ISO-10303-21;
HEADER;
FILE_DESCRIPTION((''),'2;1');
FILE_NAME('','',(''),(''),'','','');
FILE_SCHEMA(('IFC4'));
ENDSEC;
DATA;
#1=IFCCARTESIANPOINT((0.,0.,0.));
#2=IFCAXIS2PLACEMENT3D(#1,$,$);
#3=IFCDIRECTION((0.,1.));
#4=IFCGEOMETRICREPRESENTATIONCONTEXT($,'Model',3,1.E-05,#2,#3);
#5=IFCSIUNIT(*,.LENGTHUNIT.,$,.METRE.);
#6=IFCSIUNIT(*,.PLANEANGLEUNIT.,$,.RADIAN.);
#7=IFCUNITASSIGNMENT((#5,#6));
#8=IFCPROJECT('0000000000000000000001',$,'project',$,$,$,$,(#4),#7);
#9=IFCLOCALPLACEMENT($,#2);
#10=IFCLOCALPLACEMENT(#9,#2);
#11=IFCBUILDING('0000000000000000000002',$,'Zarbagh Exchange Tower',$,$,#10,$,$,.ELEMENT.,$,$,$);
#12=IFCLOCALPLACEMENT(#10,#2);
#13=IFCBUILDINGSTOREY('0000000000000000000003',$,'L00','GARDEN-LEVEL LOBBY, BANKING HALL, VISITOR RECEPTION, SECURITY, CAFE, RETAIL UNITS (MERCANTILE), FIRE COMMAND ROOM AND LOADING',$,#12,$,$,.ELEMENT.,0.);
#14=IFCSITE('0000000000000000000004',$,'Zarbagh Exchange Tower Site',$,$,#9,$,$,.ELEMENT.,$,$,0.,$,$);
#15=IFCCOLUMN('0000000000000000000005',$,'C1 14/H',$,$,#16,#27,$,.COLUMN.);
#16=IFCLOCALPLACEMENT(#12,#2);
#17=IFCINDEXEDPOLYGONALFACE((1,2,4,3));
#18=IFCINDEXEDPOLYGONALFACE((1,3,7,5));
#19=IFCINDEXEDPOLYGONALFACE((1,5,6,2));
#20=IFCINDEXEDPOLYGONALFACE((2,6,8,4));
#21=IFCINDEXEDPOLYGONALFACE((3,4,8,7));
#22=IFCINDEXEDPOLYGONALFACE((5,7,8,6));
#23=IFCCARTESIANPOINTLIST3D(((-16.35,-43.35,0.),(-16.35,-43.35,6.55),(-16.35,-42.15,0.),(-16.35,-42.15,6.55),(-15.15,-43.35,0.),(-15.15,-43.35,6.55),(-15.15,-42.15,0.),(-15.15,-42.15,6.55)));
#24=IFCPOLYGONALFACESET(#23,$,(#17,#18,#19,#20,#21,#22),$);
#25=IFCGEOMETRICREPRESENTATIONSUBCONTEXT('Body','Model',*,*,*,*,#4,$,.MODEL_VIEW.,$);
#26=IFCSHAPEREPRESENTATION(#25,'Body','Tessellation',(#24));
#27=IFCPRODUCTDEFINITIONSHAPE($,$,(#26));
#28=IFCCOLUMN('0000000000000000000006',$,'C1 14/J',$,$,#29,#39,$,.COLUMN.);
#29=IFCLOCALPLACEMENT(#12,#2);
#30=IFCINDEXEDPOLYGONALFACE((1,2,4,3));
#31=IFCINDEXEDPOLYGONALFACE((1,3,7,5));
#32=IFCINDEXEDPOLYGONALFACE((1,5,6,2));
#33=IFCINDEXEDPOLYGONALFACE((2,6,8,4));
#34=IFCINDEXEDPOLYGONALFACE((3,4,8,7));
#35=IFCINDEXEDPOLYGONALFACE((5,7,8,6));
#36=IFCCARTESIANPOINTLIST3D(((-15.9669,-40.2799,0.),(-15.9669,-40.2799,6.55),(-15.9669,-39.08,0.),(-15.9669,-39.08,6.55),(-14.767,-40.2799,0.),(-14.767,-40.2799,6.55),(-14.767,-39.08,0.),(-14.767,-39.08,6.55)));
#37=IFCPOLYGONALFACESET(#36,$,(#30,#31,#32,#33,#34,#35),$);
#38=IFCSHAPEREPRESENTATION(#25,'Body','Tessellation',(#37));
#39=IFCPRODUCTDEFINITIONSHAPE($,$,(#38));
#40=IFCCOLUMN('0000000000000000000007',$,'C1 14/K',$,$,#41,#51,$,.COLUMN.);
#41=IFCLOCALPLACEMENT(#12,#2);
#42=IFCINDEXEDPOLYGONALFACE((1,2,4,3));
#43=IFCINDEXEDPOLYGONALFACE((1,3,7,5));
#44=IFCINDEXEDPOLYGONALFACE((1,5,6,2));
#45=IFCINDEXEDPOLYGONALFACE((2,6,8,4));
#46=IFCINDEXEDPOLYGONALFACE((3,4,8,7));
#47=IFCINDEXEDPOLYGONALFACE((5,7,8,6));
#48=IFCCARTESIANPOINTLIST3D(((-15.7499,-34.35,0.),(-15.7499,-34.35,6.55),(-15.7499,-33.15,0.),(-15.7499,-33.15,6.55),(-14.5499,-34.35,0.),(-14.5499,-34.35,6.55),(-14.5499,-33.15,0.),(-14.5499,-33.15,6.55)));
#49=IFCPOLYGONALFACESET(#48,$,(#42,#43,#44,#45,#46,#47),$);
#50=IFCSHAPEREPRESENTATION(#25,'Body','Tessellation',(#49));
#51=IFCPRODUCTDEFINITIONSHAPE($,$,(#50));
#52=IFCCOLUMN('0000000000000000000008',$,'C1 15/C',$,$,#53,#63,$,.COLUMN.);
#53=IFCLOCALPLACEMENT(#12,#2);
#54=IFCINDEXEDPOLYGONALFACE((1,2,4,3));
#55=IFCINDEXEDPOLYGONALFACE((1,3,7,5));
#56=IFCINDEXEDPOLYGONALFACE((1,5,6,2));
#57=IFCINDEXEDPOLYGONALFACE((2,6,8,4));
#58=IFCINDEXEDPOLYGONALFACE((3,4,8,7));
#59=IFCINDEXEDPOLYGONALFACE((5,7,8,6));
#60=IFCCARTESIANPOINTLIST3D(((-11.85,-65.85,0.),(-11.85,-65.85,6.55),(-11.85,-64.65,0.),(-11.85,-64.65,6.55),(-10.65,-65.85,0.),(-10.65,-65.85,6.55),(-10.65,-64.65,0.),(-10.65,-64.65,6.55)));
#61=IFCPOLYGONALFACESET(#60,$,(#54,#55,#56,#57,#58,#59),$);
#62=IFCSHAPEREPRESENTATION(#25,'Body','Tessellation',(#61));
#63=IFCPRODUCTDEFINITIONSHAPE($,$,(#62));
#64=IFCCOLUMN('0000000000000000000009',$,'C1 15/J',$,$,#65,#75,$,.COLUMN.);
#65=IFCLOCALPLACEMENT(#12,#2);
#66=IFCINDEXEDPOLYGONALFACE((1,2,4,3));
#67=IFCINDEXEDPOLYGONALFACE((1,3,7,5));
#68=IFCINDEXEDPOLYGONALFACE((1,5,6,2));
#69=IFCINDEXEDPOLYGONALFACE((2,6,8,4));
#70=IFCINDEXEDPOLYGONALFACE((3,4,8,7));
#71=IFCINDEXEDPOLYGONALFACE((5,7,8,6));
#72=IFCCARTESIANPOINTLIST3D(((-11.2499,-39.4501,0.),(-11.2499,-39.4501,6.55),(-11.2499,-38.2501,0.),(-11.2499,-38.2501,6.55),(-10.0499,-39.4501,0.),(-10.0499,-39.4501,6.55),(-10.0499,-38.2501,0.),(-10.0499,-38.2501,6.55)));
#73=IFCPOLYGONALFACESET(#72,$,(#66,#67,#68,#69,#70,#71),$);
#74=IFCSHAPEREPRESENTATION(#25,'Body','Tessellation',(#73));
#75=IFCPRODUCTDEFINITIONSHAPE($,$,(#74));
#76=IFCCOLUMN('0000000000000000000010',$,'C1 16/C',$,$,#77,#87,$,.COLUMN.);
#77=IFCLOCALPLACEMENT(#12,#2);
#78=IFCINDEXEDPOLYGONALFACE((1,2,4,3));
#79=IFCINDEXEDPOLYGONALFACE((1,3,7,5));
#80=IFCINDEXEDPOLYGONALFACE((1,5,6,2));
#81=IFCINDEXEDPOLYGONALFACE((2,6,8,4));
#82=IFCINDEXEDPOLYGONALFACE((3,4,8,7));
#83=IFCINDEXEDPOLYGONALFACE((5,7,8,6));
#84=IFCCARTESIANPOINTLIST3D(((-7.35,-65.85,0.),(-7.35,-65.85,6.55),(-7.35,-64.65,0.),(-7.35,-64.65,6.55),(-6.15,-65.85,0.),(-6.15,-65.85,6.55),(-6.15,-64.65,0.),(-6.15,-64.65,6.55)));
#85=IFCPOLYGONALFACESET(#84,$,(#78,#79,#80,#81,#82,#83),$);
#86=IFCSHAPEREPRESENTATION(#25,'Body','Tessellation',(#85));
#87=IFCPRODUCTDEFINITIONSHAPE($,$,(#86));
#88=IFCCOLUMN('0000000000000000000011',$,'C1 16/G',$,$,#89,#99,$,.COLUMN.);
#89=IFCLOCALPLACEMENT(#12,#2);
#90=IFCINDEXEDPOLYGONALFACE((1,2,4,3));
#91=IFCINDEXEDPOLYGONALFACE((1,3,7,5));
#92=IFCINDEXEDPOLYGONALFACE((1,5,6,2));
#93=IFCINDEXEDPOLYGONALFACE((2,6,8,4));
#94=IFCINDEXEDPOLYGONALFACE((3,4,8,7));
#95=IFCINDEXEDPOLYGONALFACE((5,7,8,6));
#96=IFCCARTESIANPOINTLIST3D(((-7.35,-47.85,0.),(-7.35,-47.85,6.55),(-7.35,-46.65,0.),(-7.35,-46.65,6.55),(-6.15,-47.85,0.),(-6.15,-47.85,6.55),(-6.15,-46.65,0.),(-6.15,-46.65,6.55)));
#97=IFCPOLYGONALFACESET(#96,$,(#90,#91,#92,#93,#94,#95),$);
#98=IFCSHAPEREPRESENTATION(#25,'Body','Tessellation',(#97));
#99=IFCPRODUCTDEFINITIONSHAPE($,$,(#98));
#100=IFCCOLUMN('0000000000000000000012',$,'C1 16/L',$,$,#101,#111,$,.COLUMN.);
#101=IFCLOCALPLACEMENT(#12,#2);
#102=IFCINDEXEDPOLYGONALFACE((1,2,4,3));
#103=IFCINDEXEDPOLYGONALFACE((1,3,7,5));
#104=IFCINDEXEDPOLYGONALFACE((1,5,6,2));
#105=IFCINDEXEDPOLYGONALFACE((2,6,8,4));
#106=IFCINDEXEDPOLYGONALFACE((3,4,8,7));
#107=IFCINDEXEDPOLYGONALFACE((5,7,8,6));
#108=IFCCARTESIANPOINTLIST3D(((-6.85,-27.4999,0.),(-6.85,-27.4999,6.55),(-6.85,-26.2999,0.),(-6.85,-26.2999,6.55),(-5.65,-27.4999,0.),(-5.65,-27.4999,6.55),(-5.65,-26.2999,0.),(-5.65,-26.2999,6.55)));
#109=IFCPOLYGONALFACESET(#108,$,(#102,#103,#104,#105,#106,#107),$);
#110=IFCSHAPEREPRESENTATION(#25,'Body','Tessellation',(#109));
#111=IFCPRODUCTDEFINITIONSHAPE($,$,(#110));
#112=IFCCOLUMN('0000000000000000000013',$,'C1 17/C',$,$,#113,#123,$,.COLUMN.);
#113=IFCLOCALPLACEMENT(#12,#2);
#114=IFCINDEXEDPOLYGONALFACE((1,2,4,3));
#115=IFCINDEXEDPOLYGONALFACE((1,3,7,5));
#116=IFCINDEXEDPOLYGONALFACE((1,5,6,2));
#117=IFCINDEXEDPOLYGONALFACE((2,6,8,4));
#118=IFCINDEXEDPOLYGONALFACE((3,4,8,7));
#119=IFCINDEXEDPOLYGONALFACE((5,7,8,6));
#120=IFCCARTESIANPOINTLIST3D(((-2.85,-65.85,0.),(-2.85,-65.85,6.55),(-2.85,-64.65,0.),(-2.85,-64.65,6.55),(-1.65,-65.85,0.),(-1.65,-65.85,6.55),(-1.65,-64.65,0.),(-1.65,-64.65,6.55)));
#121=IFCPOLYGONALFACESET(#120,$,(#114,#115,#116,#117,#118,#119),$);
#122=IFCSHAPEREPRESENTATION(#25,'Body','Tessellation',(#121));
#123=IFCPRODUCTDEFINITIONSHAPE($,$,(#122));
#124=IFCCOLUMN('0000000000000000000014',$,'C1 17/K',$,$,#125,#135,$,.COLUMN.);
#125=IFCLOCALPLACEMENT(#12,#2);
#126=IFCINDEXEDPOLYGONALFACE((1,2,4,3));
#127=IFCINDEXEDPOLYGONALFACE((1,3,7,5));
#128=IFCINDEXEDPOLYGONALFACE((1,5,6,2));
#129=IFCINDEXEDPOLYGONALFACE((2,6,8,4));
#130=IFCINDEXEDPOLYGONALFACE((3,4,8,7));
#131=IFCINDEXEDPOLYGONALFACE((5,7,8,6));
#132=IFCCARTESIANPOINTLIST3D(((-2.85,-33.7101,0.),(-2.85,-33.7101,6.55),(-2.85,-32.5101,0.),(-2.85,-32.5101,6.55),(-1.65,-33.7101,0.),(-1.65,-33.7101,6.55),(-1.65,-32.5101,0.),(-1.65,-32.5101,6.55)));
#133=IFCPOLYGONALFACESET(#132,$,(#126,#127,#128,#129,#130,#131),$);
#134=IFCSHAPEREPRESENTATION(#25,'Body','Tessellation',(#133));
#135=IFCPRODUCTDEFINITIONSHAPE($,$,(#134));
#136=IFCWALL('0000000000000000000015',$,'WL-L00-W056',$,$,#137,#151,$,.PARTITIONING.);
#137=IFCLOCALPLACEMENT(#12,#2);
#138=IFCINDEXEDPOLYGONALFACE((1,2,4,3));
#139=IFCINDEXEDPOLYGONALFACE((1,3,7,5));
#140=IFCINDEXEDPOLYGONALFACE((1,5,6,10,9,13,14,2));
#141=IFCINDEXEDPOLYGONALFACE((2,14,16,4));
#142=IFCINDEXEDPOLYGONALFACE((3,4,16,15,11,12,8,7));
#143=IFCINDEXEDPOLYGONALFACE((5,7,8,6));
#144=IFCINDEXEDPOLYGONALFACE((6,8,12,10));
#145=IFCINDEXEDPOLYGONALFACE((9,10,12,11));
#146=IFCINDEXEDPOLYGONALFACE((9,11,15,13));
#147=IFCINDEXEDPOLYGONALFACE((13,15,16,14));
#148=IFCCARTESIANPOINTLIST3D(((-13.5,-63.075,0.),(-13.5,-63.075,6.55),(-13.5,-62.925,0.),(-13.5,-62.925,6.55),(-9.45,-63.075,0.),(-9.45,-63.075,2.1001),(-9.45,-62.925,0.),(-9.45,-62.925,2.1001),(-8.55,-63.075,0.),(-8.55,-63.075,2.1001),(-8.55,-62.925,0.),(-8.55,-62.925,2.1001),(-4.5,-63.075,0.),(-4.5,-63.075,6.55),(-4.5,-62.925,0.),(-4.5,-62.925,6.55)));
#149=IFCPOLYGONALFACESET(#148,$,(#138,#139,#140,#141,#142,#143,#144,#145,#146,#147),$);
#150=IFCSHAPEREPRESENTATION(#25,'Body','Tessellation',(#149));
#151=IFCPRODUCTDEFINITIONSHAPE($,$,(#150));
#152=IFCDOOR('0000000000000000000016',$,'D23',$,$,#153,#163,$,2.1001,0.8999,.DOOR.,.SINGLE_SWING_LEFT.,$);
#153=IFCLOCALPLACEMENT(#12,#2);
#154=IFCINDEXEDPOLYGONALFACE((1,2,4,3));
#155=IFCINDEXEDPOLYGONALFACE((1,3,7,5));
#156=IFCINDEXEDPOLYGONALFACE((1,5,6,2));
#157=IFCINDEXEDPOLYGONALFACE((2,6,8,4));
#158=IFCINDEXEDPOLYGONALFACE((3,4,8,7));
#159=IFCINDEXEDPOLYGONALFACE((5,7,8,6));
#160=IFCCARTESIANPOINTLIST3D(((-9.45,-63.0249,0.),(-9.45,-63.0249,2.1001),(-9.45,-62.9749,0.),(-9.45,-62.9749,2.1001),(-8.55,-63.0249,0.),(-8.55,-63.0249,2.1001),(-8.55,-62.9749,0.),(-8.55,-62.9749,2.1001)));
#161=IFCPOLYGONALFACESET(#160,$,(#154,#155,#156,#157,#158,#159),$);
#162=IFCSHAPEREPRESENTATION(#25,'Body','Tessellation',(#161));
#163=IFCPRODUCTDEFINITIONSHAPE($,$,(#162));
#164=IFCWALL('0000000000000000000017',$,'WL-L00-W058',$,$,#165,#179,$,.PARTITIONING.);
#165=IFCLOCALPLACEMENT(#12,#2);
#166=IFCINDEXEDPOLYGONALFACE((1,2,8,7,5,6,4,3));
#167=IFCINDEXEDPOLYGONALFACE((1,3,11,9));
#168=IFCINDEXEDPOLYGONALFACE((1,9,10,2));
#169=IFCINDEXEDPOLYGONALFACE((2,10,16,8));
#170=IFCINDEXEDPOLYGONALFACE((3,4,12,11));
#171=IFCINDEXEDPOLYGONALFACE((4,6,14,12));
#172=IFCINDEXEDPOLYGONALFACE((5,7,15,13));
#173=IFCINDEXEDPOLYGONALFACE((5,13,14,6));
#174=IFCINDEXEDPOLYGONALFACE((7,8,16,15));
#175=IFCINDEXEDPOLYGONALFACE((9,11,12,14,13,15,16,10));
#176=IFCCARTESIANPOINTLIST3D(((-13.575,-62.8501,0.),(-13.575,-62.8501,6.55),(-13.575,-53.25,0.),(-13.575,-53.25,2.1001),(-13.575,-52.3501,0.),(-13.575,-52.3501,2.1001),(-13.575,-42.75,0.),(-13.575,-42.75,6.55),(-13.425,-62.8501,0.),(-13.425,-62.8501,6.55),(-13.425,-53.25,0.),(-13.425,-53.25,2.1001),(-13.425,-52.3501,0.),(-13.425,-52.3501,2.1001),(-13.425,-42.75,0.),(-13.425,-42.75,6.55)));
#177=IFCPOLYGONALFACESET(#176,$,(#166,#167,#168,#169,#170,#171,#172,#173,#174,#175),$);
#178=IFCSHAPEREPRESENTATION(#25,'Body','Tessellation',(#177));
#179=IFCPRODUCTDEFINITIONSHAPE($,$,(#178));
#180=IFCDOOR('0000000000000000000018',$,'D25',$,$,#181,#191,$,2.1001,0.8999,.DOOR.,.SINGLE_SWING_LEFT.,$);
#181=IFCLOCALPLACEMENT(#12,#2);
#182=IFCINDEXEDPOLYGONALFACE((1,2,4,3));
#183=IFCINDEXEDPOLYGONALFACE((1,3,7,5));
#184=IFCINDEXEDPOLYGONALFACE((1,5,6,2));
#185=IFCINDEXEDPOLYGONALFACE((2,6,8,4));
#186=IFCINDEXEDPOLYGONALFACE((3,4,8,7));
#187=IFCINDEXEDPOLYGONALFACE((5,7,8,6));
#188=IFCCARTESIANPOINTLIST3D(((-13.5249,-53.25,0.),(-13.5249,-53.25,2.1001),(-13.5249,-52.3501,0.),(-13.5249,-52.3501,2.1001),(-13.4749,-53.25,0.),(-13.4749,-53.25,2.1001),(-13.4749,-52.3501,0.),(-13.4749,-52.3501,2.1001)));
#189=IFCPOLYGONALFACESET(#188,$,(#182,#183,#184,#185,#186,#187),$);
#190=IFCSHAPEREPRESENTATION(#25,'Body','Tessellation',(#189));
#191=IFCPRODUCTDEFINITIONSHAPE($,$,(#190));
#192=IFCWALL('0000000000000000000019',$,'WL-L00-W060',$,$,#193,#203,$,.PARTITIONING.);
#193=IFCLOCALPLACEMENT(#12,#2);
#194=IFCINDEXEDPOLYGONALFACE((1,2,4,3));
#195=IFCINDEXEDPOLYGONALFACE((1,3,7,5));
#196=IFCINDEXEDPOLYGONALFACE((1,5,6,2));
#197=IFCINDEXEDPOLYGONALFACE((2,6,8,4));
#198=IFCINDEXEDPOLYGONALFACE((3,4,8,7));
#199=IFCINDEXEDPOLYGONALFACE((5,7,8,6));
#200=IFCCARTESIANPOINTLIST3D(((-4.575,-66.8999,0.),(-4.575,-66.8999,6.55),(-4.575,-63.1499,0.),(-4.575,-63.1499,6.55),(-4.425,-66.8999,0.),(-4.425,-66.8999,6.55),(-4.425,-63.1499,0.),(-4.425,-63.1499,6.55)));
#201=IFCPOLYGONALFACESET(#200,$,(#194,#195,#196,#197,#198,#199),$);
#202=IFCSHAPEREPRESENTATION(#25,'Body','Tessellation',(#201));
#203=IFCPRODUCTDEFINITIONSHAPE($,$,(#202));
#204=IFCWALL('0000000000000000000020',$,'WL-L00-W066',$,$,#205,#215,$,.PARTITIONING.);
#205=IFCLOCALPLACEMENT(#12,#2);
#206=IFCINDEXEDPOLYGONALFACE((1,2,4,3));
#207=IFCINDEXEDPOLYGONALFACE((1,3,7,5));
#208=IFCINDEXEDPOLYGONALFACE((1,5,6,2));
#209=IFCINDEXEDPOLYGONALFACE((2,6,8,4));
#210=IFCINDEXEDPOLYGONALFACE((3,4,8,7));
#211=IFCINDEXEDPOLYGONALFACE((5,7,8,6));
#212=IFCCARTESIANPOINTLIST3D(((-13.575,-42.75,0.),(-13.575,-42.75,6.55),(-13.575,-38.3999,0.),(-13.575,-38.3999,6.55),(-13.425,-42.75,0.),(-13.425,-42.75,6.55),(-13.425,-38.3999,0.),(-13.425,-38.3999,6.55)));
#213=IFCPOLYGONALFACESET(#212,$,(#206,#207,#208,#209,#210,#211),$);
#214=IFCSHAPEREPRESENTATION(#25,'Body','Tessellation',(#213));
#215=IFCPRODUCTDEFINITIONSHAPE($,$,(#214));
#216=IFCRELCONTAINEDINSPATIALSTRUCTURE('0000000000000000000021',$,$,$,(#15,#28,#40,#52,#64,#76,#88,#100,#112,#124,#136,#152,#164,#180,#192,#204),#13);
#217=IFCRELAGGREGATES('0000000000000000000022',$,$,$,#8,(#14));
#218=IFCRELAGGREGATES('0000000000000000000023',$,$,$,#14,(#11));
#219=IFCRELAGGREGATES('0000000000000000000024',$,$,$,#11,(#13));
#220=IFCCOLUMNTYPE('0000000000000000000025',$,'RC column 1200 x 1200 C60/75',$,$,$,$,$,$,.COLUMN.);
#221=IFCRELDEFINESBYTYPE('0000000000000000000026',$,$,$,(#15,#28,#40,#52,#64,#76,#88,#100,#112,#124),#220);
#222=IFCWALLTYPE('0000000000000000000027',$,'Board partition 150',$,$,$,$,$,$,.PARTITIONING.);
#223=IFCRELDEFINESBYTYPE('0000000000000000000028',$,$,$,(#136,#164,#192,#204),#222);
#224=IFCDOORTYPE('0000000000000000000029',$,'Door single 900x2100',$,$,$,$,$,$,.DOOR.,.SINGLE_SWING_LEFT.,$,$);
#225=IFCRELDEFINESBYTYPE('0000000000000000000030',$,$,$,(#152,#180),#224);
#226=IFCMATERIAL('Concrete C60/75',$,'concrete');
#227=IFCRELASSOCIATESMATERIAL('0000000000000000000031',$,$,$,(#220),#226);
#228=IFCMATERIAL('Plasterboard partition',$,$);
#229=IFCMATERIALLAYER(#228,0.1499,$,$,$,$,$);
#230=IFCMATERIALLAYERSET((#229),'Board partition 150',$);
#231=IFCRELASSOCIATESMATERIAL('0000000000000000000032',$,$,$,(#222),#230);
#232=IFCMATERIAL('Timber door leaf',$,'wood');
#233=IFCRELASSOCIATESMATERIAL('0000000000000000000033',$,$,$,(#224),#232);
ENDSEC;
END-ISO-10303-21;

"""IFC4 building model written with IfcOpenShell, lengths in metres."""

from ifc_helpers import new_model, si_unit, direction, frame, frame_2d, origin, origin_2d, place, context, subcontext, project, spatial, rectangle, extrude, material, layer, layer_set, material_profile, profile_set, type_object, element, fill, save


model = new_model("IFC4")

# Units and contexts
model_context = context("Model", 3, precision=1e-05, world=origin(), true_north=direction((0.0, 1.0)))
body_context = subcontext(model_context, "Body", "Model", "MODEL_VIEW")
ifc_project = project(units=[si_unit("LENGTHUNIT", "METRE"), si_unit("PLANEANGLEUNIT", "RADIAN")], contexts=[model_context])

# Site, building, storey
site_placement = place(None, origin())
site = spatial("IfcSite", under=ifc_project, at=site_placement, Name="Zarbagh Exchange Tower Site", CompositionType="ELEMENT", RefElevation=0.0)
building_placement = place(site_placement, origin())
building = spatial("IfcBuilding", under=site, at=building_placement, Name="Zarbagh Exchange Tower", CompositionType="ELEMENT")
storey_placement = place(building_placement, origin())
storey = spatial("IfcBuildingStorey", under=building, at=storey_placement, Name="L00", Description="GARDEN-LEVEL LOBBY, BANKING HALL, VISITOR RECEPTION, SECURITY, CAFE, RETAIL UNITS (MERCANTILE), FIRE COMMAND ROOM AND LOADING", CompositionType="ELEMENT", Elevation=0.0)

# Columns
ifc_material_1 = material(Name="Concrete C60/75", Category="concrete")
ifc_material_profile = material_profile(ifc_material_1, rectangle(XDim=1.2, YDim=1.2, at=origin_2d()), Name="RC column 1200 x 1200 C60/75")
ifc_profile_set = profile_set([ifc_material_profile], Name="Concrete C60/75")
column_type = type_object("IfcColumnType", Name="RC column 1200 x 1200 C60/75", PredefinedType="COLUMN", material=ifc_profile_set)
for number, where, z_axis, x_axis, name in (
    (1, (-15.75, -42.75, 0.0), (0.0, 0.0, 1.0), (1.0, 0.0, 0.0), "C1 14/H"),
    (2, (-15.3669, -39.6799, 0.0), (0.0, 0.0, 1.0), (1.0, 0.0, 0.0), "C1 14/J"),
    (3, (-15.1499, -33.75, 0.0), (0.0, 0.0, 1.0), (1.0, 0.0, 0.0), "C1 14/K"),
    (4, (-11.25, -65.25, 0.0), (0.0, 0.0, 1.0), (1.0, 0.0, 0.0), "C1 15/C"),
    (5, (-10.6499, -38.8501, 0.0), (0.0, 0.0, 1.0), (1.0, 0.0, 0.0), "C1 15/J"),
    (6, (-6.75, -65.25, 0.0), (0.0, 0.0, 1.0), (1.0, 0.0, 0.0), "C1 16/C"),
    (7, (-6.75, -47.25, 0.0), (0.0, 0.0, 1.0), (1.0, 0.0, 0.0), "C1 16/G"),
    (8, (-6.25, -26.8999, 0.0), (0.0, 0.0, 1.0), (1.0, 0.0, 0.0), "C1 16/L"),
    (9, (-2.25, -65.25, 0.0), (0.0, 0.0, 1.0), (1.0, 0.0, 0.0), "C1 17/C"),
    (10, (-2.25, -33.1101, 0.0), (0.0, 0.0, 1.0), (1.0, 0.0, 0.0), "C1 17/K"),
):
    element("IfcColumn", number, at=place(storey_placement, frame(where, z_axis=z_axis, x_axis=x_axis)), inside=storey, type_object=column_type, Name=name, PredefinedType="COLUMN", context=body_context, shape_type="SweptSolid", body=[
        extrude(rectangle(XDim=1.2, YDim=1.2, at=origin_2d()), origin(), (0.0, 0.0, 1.0), 6.55),
    ])

# Walls, openings, doors
ifc_material_2 = material(Name="Plasterboard partition")
ifc_layer_1 = layer(ifc_material_2, 0.1499)
ifc_layer_set_1 = layer_set([ifc_layer_1], Name="Board partition 150")
wall_type_1 = type_object("IfcWallType", Name="Board partition 150", PredefinedType="PARTITIONING", material=ifc_layer_set_1)
wall_1_placement = place(storey_placement, frame((-4.5, -63.0, 0.0), z_axis=(0.0, 0.0, 1.0), x_axis=(-1.0, 0.0, 0.0)))
wall_1 = element("IfcWall", 11, at=wall_1_placement, inside=storey, type_object=wall_type_1, Name="WL-L00-W056", PredefinedType="PARTITIONING", context=body_context, shape_type="SweptSolid", body=[
    extrude(rectangle(XDim=9.0, YDim=0.1499, at=frame_2d((4.5, 0.0))), origin(), (0.0, 0.0, 1.0), 6.55),
])
opening_1_placement = place(wall_1_placement, frame((4.05, 0.0, 0.0)))
opening_1 = element("IfcOpeningElement", 12, at=opening_1_placement, cuts=wall_1, PredefinedType="OPENING", context=body_context, shape_type="SweptSolid", body=[
    extrude(rectangle(XDim=0.8999, YDim=2.1001, at=frame_2d((0.45, 1.05))), frame((0.0, 0.085, 0.0), z_axis=(0.0, -1.0, 0.0), x_axis=(1.0, 0.0, 0.0)), (0.0, 0.0, 1.0), 0.1699),
])
ifc_material_3 = material(Name="Timber door leaf", Category="wood")
door_type_1 = type_object("IfcDoorType", Name="Door single 900x2100", OperationType="SINGLE_SWING_LEFT", PredefinedType="DOOR", material=ifc_material_3)
door_1_placement = place(opening_1_placement, origin())
door_1 = element("IfcDoor", 13, at=door_1_placement, inside=storey, type_object=door_type_1, Name="D23", OperationType="SINGLE_SWING_LEFT", OverallHeight=2.1001, OverallWidth=0.8999, PredefinedType="DOOR", context=body_context, shape_type="SweptSolid", body=[
    extrude(rectangle(XDim=0.8999, YDim=2.1001, at=frame_2d((0.45, 1.05))), frame((0.0, 0.0249, 0.0), z_axis=(0.0, -1.0, 0.0), x_axis=(1.0, 0.0, 0.0)), (0.0, 0.0, 1.0), 0.05),
])
fill(opening_1, door_1)
wall_2_placement = place(storey_placement, frame((-13.5, -62.8501, 0.0), z_axis=(0.0, 0.0, 1.0), x_axis=(0.0, 1.0, 0.0)))
wall_2 = element("IfcWall", 14, at=wall_2_placement, inside=storey, type_object=wall_type_1, Name="WL-L00-W058", PredefinedType="PARTITIONING", context=body_context, shape_type="SweptSolid", body=[
    extrude(rectangle(XDim=20.1001, YDim=0.1499, at=frame_2d((10.05, 0.0))), origin(), (0.0, 0.0, 1.0), 6.55),
])
opening_2_placement = place(wall_2_placement, frame((9.6001, 0.0, 0.0)))
opening_2 = element("IfcOpeningElement", 15, at=opening_2_placement, cuts=wall_2, PredefinedType="OPENING", context=body_context, shape_type="SweptSolid", body=[
    extrude(rectangle(XDim=0.8999, YDim=2.1001, at=frame_2d((0.45, 1.05))), frame((0.0, 0.085, 0.0), z_axis=(0.0, -1.0, 0.0), x_axis=(1.0, 0.0, 0.0)), (0.0, 0.0, 1.0), 0.1699),
])
door_2_placement = place(opening_2_placement, origin())
door_2 = element("IfcDoor", 16, at=door_2_placement, inside=storey, type_object=door_type_1, Name="D25", OperationType="SINGLE_SWING_LEFT", OverallHeight=2.1001, OverallWidth=0.8999, PredefinedType="DOOR", context=body_context, shape_type="SweptSolid", body=[
    extrude(rectangle(XDim=0.8999, YDim=2.1001, at=frame_2d((0.45, 1.05))), frame((0.0, 0.0249, 0.0), z_axis=(0.0, -1.0, 0.0), x_axis=(1.0, 0.0, 0.0)), (0.0, 0.0, 1.0), 0.05),
])
fill(opening_2, door_2)

# Walls
wall_3_placement = place(storey_placement, frame((-4.5, -66.8999, 0.0), z_axis=(0.0, 0.0, 1.0), x_axis=(0.0, 1.0, 0.0)))
element("IfcWall", 17, at=wall_3_placement, inside=storey, type_object=wall_type_1, Name="WL-L00-W060", PredefinedType="PARTITIONING", context=body_context, shape_type="SweptSolid", body=[
    extrude(rectangle(XDim=3.75, YDim=0.1499, at=frame_2d((1.875, 0.0))), origin(), (0.0, 0.0, 1.0), 6.55),
])
wall_4_placement = place(storey_placement, frame((-13.5, -38.3999, 0.0), z_axis=(0.0, 0.0, 1.0), x_axis=(0.0, -1.0, 0.0)))
element("IfcWall", 18, at=wall_4_placement, inside=storey, type_object=wall_type_1, Name="WL-L00-W066", PredefinedType="PARTITIONING", context=body_context, shape_type="SweptSolid", body=[
    extrude(rectangle(XDim=4.3501, YDim=0.1499, at=frame_2d((2.175, 0.0))), origin(), (0.0, 0.0, 1.0), 6.55),
])

save(model, "model.ifc")
